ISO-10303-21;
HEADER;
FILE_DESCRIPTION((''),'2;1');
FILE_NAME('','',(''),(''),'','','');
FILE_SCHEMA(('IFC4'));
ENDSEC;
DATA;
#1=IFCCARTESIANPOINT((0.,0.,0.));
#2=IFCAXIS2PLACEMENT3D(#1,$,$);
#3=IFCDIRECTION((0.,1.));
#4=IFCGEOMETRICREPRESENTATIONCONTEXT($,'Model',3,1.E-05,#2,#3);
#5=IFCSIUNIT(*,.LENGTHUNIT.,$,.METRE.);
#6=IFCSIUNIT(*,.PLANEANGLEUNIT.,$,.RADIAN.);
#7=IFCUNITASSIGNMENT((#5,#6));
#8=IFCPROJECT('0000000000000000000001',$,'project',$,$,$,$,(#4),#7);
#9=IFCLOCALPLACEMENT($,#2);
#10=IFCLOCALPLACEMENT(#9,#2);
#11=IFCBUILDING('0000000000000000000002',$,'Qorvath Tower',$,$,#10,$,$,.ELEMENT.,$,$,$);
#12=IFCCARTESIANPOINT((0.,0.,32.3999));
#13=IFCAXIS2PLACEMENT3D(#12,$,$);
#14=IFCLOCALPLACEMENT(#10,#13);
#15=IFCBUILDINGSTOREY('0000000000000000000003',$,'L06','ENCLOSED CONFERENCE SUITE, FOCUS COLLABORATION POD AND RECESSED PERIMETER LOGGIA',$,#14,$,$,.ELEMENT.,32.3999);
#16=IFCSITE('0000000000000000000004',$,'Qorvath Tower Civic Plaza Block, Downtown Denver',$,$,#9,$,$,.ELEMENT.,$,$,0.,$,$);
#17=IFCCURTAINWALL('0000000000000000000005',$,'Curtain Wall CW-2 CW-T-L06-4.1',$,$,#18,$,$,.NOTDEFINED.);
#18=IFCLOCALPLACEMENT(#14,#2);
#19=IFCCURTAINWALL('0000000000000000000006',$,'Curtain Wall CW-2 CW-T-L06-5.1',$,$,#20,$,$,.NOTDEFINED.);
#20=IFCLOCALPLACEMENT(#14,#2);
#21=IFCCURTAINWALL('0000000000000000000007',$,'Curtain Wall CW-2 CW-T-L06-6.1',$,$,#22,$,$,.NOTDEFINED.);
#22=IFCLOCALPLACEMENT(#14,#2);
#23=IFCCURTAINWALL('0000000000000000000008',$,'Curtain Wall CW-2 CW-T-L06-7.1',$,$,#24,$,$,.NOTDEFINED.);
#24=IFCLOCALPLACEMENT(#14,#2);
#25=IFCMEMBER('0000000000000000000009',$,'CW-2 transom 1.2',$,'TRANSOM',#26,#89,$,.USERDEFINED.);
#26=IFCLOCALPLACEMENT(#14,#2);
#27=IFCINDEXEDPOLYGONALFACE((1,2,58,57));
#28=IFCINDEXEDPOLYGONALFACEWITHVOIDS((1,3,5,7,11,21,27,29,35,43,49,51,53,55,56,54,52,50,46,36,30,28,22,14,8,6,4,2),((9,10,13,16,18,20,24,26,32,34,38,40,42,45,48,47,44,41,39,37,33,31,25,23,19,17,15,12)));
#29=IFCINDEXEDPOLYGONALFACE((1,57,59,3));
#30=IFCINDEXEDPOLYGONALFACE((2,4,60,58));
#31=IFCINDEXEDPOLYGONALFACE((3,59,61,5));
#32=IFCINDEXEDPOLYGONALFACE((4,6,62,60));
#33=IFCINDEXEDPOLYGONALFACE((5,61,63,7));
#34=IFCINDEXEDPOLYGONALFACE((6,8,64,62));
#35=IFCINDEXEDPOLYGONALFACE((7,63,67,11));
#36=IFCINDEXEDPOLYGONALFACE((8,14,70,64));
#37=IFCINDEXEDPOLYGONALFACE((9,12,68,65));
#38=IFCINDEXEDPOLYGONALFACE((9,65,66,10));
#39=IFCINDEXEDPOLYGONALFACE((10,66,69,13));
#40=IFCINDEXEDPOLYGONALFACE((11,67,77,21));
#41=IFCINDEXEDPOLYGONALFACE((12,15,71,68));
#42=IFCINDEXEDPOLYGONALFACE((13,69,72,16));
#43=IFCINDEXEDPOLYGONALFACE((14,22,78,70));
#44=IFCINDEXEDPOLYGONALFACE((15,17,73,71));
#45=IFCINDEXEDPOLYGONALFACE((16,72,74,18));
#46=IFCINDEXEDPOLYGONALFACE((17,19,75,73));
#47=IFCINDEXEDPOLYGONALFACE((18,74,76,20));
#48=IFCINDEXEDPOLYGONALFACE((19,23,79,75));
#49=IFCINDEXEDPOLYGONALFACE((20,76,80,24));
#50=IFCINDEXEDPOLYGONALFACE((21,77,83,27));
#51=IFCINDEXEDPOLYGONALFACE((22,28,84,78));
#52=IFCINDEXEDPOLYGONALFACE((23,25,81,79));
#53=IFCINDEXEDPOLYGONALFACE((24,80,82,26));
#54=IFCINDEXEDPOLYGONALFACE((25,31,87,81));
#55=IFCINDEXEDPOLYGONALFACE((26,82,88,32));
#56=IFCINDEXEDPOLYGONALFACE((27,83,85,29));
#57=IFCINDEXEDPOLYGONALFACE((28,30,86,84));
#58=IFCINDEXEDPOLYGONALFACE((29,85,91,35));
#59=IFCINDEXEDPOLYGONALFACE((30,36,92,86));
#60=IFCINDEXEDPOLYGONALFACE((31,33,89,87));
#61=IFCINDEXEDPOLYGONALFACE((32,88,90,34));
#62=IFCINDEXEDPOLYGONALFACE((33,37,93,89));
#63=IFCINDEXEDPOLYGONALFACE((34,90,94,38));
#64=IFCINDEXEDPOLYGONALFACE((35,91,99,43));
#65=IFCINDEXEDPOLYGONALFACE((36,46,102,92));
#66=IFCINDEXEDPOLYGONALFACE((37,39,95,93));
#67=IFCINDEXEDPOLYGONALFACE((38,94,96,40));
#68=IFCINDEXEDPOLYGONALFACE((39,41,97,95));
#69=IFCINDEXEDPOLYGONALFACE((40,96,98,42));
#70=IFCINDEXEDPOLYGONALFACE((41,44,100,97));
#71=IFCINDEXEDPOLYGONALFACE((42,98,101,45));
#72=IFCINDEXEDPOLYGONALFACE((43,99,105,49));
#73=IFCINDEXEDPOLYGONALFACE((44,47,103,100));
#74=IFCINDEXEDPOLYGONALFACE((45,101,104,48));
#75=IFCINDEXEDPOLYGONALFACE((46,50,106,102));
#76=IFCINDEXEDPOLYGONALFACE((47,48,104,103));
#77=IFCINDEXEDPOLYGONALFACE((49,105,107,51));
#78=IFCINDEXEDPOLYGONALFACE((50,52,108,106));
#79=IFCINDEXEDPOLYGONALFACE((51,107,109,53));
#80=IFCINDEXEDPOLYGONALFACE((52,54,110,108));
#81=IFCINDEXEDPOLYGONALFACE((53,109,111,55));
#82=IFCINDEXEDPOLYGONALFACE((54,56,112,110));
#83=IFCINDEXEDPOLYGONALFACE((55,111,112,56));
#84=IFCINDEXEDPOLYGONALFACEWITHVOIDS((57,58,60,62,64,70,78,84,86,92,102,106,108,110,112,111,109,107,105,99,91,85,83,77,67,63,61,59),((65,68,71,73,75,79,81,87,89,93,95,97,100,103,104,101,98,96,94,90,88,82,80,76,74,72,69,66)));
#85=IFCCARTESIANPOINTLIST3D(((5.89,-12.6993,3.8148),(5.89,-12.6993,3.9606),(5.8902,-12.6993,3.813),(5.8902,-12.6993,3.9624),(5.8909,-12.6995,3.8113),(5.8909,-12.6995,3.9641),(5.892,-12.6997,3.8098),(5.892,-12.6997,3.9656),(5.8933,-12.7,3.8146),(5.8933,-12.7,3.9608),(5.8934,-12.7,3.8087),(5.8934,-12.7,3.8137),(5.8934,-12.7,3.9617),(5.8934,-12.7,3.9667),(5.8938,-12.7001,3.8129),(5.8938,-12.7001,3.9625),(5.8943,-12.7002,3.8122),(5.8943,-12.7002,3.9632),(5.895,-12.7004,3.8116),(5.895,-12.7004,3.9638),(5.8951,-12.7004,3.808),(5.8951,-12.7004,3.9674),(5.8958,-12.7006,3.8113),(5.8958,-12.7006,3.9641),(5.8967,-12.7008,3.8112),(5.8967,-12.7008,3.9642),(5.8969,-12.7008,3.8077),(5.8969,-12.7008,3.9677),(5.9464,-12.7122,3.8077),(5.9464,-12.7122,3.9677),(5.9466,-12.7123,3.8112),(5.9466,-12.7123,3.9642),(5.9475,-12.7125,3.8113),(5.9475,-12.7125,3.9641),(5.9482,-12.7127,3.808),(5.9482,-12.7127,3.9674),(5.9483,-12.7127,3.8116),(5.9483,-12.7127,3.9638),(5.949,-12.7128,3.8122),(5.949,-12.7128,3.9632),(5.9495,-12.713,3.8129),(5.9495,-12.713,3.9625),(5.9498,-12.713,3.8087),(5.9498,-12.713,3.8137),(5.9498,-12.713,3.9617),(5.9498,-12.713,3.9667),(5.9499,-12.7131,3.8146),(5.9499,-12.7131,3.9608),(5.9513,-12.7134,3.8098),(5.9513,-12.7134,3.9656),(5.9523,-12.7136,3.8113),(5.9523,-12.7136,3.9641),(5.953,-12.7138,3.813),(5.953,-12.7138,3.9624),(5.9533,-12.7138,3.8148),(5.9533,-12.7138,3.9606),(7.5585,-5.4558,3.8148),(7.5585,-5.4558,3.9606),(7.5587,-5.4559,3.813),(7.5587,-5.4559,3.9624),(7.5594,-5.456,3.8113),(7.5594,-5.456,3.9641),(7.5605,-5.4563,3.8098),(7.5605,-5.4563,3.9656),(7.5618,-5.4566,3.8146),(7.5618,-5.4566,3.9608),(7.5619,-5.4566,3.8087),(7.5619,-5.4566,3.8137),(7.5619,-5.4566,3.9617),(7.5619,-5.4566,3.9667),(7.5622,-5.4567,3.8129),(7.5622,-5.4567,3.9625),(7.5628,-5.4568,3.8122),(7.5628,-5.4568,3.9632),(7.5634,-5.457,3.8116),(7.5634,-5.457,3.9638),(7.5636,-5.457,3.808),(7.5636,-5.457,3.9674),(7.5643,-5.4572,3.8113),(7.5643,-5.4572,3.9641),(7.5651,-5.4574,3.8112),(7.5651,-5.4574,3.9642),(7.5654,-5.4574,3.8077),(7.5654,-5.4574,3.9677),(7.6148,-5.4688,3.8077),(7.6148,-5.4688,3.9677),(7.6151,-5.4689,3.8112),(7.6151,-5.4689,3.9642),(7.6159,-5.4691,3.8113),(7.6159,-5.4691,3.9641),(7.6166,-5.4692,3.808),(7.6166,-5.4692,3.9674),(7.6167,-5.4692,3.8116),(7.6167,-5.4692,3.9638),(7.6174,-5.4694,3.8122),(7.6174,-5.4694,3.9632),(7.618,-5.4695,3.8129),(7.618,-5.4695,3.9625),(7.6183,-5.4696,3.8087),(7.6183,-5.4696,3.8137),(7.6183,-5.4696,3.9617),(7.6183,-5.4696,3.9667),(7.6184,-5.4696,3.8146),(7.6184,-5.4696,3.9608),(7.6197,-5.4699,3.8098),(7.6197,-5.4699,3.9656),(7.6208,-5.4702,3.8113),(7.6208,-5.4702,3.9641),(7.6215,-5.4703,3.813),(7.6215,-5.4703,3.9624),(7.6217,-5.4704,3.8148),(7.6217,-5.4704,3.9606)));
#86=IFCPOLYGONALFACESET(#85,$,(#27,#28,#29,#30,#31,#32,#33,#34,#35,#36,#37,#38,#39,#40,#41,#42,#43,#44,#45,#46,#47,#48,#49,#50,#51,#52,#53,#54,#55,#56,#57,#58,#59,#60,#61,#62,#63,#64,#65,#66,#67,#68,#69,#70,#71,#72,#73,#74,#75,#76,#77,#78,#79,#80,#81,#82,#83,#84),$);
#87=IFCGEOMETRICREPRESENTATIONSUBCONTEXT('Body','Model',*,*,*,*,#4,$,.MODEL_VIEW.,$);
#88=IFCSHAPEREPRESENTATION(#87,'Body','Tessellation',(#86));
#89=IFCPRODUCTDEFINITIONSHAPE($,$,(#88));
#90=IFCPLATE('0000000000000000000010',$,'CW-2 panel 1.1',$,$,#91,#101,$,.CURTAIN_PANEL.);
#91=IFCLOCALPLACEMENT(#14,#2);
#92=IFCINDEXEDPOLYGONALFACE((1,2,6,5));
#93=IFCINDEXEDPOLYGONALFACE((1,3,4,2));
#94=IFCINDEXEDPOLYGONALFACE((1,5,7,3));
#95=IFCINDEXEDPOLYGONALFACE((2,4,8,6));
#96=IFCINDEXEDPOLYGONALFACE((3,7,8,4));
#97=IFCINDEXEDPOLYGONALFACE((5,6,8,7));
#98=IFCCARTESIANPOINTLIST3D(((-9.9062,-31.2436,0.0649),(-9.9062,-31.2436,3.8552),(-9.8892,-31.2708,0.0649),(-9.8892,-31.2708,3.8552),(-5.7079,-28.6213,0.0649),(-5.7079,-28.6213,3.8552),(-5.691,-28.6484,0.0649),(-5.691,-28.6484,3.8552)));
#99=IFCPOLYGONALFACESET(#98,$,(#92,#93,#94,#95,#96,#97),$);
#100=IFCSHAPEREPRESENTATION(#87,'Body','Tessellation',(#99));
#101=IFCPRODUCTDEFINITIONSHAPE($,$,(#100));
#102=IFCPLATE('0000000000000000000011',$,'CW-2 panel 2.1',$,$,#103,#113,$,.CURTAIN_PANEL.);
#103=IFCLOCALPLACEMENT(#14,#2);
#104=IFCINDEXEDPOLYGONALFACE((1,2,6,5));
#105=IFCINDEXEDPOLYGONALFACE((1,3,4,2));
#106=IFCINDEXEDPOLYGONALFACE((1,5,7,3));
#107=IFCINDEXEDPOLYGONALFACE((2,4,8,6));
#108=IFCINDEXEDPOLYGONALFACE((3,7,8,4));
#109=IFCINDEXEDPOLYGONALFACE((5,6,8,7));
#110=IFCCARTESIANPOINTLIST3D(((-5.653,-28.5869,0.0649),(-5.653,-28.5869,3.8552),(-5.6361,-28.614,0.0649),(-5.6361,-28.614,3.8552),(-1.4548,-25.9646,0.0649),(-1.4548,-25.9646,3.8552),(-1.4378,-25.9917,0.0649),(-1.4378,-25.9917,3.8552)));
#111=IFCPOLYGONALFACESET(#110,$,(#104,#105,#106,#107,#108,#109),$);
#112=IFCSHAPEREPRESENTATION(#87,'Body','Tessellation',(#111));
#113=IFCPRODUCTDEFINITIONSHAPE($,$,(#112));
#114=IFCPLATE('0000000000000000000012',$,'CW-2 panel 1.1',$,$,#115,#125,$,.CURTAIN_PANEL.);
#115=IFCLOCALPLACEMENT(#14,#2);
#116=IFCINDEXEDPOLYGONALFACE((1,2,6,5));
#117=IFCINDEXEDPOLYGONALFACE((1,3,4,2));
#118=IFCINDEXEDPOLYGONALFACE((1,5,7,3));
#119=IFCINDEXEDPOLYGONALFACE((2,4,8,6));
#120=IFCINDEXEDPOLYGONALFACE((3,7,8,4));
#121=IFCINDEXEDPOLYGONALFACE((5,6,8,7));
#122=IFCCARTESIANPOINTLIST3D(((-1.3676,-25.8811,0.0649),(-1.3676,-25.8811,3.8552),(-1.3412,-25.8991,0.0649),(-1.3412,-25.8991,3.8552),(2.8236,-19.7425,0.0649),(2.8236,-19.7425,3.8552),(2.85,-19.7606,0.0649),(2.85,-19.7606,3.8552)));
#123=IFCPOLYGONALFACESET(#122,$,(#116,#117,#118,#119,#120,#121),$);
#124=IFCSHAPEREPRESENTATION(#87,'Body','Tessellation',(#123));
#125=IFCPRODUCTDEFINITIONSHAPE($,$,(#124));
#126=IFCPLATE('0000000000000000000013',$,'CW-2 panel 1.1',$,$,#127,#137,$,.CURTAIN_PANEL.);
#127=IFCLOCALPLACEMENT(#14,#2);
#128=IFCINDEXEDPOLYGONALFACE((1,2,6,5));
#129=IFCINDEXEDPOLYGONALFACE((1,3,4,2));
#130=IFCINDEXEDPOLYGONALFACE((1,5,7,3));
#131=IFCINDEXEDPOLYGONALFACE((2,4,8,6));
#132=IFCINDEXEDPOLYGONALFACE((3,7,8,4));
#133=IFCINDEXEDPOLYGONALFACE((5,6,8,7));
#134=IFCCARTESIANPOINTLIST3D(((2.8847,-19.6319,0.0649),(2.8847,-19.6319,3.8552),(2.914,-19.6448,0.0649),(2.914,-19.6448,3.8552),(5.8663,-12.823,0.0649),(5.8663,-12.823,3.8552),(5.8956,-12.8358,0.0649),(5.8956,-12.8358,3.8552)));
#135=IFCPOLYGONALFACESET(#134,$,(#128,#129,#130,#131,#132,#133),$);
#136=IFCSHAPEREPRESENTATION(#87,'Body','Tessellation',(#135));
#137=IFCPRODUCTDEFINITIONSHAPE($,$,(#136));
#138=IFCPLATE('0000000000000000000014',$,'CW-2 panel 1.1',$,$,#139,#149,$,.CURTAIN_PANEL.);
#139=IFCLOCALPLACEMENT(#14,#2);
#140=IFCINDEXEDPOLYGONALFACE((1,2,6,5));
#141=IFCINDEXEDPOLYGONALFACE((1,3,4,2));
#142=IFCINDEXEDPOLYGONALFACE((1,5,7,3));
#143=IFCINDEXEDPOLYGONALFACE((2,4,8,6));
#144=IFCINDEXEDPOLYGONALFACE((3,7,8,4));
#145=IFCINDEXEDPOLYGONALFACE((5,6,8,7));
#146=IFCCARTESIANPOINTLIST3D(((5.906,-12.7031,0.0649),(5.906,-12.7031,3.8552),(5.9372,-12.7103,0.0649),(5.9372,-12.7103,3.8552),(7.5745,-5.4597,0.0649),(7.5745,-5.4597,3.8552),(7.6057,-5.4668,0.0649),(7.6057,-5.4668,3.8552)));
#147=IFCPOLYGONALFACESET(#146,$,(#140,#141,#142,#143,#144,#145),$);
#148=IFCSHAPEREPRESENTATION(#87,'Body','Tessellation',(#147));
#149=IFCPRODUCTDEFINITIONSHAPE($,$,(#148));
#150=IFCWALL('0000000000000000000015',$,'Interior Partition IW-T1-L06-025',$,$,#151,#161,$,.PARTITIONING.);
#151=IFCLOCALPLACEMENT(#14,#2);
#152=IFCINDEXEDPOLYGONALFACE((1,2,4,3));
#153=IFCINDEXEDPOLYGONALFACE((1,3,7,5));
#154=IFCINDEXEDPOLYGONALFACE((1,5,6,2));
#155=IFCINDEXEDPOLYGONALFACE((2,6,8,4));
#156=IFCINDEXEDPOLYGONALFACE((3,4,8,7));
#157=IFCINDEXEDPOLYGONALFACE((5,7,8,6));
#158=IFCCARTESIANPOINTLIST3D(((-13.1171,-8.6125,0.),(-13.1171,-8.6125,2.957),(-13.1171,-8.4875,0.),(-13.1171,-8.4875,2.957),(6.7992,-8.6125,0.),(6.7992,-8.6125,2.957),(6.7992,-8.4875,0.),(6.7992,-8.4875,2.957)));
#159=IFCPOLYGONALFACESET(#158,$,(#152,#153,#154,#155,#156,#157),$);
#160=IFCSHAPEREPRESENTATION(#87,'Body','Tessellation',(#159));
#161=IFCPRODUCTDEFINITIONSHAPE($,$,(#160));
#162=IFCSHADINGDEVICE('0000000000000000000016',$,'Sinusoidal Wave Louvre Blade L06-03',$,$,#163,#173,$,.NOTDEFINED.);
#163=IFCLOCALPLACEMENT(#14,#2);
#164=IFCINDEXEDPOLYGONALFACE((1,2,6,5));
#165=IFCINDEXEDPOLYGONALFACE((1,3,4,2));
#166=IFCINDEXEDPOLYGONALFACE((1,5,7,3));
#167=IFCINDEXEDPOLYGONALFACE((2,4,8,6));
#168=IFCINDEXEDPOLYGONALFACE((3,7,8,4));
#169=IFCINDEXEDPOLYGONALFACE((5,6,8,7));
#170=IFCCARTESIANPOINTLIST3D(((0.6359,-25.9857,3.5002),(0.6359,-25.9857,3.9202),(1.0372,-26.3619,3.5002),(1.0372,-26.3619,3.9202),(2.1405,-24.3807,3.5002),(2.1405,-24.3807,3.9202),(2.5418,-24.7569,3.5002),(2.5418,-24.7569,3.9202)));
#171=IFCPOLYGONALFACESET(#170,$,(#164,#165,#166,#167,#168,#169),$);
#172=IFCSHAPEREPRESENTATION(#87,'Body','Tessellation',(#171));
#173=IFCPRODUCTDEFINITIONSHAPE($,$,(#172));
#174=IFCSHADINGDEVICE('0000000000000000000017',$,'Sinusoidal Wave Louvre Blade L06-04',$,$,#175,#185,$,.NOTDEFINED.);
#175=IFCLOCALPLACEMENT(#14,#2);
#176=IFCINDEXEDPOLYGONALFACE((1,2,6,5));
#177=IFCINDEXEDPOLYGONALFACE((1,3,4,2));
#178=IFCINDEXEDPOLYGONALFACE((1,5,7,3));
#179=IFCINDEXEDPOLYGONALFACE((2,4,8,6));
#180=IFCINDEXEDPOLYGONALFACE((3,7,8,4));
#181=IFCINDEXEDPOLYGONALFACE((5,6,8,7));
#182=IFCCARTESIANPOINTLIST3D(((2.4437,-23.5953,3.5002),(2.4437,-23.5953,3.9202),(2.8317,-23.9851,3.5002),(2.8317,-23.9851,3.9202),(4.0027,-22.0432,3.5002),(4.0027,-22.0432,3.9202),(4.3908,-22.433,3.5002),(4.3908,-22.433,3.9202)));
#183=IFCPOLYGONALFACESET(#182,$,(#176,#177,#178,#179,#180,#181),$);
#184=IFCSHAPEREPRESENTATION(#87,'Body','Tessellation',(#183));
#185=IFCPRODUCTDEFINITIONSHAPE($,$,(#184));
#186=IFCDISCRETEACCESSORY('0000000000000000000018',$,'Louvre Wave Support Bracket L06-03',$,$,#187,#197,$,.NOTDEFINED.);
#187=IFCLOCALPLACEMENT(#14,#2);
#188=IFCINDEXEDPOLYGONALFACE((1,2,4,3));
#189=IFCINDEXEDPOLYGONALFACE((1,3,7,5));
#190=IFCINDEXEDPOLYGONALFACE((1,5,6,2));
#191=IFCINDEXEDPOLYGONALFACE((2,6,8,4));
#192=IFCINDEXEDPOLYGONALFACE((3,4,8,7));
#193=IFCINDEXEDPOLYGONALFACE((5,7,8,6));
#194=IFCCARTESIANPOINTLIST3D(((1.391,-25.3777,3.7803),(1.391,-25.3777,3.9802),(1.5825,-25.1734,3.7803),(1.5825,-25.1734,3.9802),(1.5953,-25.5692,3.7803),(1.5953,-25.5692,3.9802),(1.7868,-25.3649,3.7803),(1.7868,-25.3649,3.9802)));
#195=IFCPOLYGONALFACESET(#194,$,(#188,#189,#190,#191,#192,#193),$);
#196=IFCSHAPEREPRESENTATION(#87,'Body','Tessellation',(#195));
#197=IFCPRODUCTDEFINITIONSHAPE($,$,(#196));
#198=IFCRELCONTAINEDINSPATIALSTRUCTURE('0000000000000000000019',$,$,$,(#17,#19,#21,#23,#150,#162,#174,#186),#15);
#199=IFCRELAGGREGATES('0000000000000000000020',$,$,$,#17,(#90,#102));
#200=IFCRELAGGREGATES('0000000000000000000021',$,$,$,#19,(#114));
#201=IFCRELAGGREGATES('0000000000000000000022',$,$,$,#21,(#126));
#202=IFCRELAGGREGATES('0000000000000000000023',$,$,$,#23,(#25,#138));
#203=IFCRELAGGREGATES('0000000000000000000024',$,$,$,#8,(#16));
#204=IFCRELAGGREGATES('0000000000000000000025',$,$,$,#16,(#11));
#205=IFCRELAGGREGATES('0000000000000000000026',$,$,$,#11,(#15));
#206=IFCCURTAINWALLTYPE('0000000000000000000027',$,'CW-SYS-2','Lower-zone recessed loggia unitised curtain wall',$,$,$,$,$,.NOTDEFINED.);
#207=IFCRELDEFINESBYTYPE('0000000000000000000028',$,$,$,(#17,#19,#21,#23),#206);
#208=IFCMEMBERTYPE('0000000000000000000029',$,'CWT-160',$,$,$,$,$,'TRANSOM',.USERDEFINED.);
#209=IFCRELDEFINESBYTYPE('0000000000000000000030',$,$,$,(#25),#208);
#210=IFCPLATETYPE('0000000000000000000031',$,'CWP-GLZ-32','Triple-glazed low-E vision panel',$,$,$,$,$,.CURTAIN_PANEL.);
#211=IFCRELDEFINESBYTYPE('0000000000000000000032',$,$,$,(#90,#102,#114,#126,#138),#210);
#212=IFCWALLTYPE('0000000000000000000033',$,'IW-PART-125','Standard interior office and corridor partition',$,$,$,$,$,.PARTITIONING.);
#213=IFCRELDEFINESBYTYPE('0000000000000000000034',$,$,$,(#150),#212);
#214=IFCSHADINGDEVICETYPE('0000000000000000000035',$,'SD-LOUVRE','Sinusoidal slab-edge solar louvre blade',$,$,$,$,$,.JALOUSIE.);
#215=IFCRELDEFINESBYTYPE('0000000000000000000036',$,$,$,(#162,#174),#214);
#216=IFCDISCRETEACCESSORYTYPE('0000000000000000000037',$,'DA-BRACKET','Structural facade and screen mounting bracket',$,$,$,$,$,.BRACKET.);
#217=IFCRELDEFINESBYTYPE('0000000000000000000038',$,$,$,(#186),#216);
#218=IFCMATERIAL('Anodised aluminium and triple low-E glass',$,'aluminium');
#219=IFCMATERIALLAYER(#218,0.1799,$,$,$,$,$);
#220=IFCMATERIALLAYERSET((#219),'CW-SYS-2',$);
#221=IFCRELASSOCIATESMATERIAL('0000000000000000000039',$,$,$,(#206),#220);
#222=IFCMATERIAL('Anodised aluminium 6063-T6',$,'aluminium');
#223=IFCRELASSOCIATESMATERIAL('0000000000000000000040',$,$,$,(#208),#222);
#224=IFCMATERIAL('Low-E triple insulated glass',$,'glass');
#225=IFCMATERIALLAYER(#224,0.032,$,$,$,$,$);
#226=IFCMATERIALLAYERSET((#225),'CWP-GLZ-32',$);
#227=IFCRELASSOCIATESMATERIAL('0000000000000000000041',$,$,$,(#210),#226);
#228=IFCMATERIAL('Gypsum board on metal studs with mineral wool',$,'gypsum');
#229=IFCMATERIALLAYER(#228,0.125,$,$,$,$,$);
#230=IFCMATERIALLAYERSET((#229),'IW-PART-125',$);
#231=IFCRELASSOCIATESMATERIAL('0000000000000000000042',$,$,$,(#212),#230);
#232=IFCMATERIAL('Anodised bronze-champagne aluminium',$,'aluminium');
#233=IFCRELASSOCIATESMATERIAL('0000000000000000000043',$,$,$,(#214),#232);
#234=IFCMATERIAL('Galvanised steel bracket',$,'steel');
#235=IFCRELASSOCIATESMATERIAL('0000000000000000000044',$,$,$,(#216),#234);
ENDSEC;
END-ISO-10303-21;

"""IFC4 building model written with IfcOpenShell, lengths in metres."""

from ifc_helpers import new_model, si_unit, direction, frame, frame_2d, origin, origin_2d, place, context, subcontext, project, spatial, rectangle, hollow_rectangle, extrude, material, layer, layer_set, material_profile, profile_set, type_object, element, aggregate, save


model = new_model("IFC4")

# Units and contexts
model_context = context("Model", 3, precision=1e-05, world=origin(), true_north=direction((0.0, 1.0)))
body_context = subcontext(model_context, "Body", "Model", "MODEL_VIEW")
ifc_project = project(units=[si_unit("LENGTHUNIT", "METRE"), si_unit("PLANEANGLEUNIT", "RADIAN")], contexts=[model_context])

# Site, building, storey
site_placement = place(None, origin())
site = spatial("IfcSite", under=ifc_project, at=site_placement, Name="Qorvath Tower Civic Plaza Block, Downtown Denver", CompositionType="ELEMENT", RefElevation=0.0)
building_placement = place(site_placement, origin())
building = spatial("IfcBuilding", under=site, at=building_placement, Name="Qorvath Tower", CompositionType="ELEMENT")
storey_placement = place(building_placement, frame((0.0, 0.0, 32.3999)))
storey = spatial("IfcBuildingStorey", under=building, at=storey_placement, Name="L06", Description="ENCLOSED CONFERENCE SUITE, FOCUS COLLABORATION POD AND RECESSED PERIMETER LOGGIA", CompositionType="ELEMENT", Elevation=32.3999)

# Curtain walls
ifc_material_1 = material(Name="Anodised aluminium and triple low-E glass", Category="aluminium")
ifc_layer_1 = layer(ifc_material_1, 0.1799)
ifc_layer_set_1 = layer_set([ifc_layer_1], Name="CW-SYS-2")
curtain_wall_type = type_object("IfcCurtainWallType", Name="CW-SYS-2", Description="Lower-zone recessed loggia unitised curtain wall", PredefinedType="NOTDEFINED", material=ifc_layer_set_1)
curtain_wall_1_placement = place(storey_placement, origin())
curtain_wall_1 = element("IfcCurtainWall", 1, at=curtain_wall_1_placement, inside=storey, type_object=curtain_wall_type, Name="Curtain Wall CW-2 CW-T-L06-4.1", PredefinedType="NOTDEFINED")
curtain_wall_2_placement = place(storey_placement, origin())
curtain_wall_2 = element("IfcCurtainWall", 2, at=curtain_wall_2_placement, inside=storey, type_object=curtain_wall_type, Name="Curtain Wall CW-2 CW-T-L06-5.1", PredefinedType="NOTDEFINED")
curtain_wall_3_placement = place(storey_placement, origin())
curtain_wall_3 = element("IfcCurtainWall", 3, at=curtain_wall_3_placement, inside=storey, type_object=curtain_wall_type, Name="Curtain Wall CW-2 CW-T-L06-6.1", PredefinedType="NOTDEFINED")

# Curtain wall
curtain_wall_4_placement = place(storey_placement, origin())
curtain_wall_4 = element("IfcCurtainWall", 4, at=curtain_wall_4_placement, inside=storey, type_object=curtain_wall_type, Name="Curtain Wall CW-2 CW-T-L06-7.1", PredefinedType="NOTDEFINED")

# Member
ifc_material_2 = material(Name="Anodised aluminium 6063-T6", Category="aluminium")
ifc_material_profile_1 = material_profile(ifc_material_2, hollow_rectangle(XDim=0.0649, YDim=0.1599, WallThickness=0.0034, InnerFilletRadius=0.0034, OuterFilletRadius=0.0071, at=origin_2d()), Name="CWT 160x65")
ifc_profile_set_1 = profile_set([ifc_material_profile_1], Name="Anodised aluminium 6063-T6")
member_type_1 = type_object("IfcMemberType", Name="CWT-160", ElementType="TRANSOM", PredefinedType="USERDEFINED", material=ifc_profile_set_1)
member_1_placement = place(storey_placement, frame((5.9216, -12.7065, 3.8877), z_axis=(0.224464, 0.974482, 0.0), x_axis=(-0.974482, 0.224464, 0.0)))
member_1 = element("IfcMember", 5, at=member_1_placement, type_object=member_type_1, Name="CW-2 transom 1.2", ObjectType="TRANSOM", PredefinedType="USERDEFINED", context=body_context, shape_type="SweptSolid", body=[
    extrude(hollow_rectangle(XDim=0.0649, YDim=0.1599, WallThickness=0.0034, InnerFilletRadius=0.0034, OuterFilletRadius=0.0071, at=origin_2d()), origin(), (0.0, 0.0, 1.0), 7.4331),
])

# Plates
ifc_material_3 = material(Name="Low-E triple insulated glass", Category="glass")
ifc_layer_2 = layer(ifc_material_3, 0.032)
ifc_layer_set_2 = layer_set([ifc_layer_2], Name="CWP-GLZ-32")
plate_type = type_object("IfcPlateType", Name="CWP-GLZ-32", Description="Triple-glazed low-E vision panel", PredefinedType="CURTAIN_PANEL", material=ifc_layer_set_2)
plate_1_placement = place(storey_placement, frame((-7.7986, -29.946, 0.0649), z_axis=(0.0, 0.0, 1.0), x_axis=(0.848142, 0.529769, 0.0)))
plate_1 = element("IfcPlate", 6, at=plate_1_placement, type_object=plate_type, Name="CW-2 panel 1.1", PredefinedType="CURTAIN_PANEL", context=body_context, shape_type="SweptSolid", body=[
    extrude(rectangle(XDim=4.95, YDim=0.032, at=origin_2d()), origin(), (0.0, 0.0, 1.0), 3.7903),
])
plate_2_placement = place(storey_placement, frame((-3.5454, -27.2893, 0.0649), z_axis=(0.0, 0.0, 1.0), x_axis=(0.848142, 0.529769, 0.0)))
plate_2 = element("IfcPlate", 7, at=plate_2_placement, type_object=plate_type, Name="CW-2 panel 2.1", PredefinedType="CURTAIN_PANEL", context=body_context, shape_type="SweptSolid", body=[
    extrude(rectangle(XDim=4.95, YDim=0.032, at=origin_2d()), origin(), (0.0, 0.0, 1.0), 3.7903),
])
aggregate(curtain_wall_1, [plate_1, plate_2])
plate_3_placement = place(storey_placement, frame((0.7412, -22.8208, 0.0649), z_axis=(0.0, 0.0, 1.0), x_axis=(0.563869, 0.825864, 0.0)))
plate_3 = element("IfcPlate", 8, at=plate_3_placement, type_object=plate_type, Name="CW-2 panel 1.1", PredefinedType="CURTAIN_PANEL", context=body_context, shape_type="SweptSolid", body=[
    extrude(rectangle(XDim=7.4329, YDim=0.032, at=origin_2d()), origin(), (0.0, 0.0, 1.0), 3.7903),
])
aggregate(curtain_wall_2, [plate_3])
plate_4_placement = place(storey_placement, frame((4.3901, -16.2339, 0.0649), z_axis=(0.0, 0.0, 1.0), x_axis=(0.401118, 0.916026, 0.0)))
plate_4 = element("IfcPlate", 9, at=plate_4_placement, type_object=plate_type, Name="CW-2 panel 1.1", PredefinedType="CURTAIN_PANEL", context=body_context, shape_type="SweptSolid", body=[
    extrude(rectangle(XDim=7.4331, YDim=0.032, at=origin_2d()), origin(), (0.0, 0.0, 1.0), 3.7903),
])
aggregate(curtain_wall_3, [plate_4])
plate_5_placement = place(storey_placement, frame((6.7559, -9.085, 0.0649), z_axis=(0.0, 0.0, 1.0), x_axis=(0.224471, 0.974481, 0.0)))
plate_5 = element("IfcPlate", 10, at=plate_5_placement, type_object=plate_type, Name="CW-2 panel 1.1", PredefinedType="CURTAIN_PANEL", context=body_context, shape_type="SweptSolid", body=[
    extrude(rectangle(XDim=7.4331, YDim=0.032, at=origin_2d()), origin(), (0.0, 0.0, 1.0), 3.7903),
])
aggregate(curtain_wall_4, [member_1, plate_5])

# Wall
ifc_material_4 = material(Name="Gypsum board on metal studs with mineral wool", Category="gypsum")
ifc_layer_3 = layer(ifc_material_4, 0.125)
ifc_layer_set_3 = layer_set([ifc_layer_3], Name="IW-PART-125")
wall_type = type_object("IfcWallType", Name="IW-PART-125", Description="Standard interior office and corridor partition", PredefinedType="PARTITIONING", material=ifc_layer_set_3)
wall_placement = place(storey_placement, frame((6.7991, -8.55, 0.0), z_axis=(0.0, 0.0, 1.0), x_axis=(-1.0, 0.0, 0.0)))
element("IfcWall", 11, at=wall_placement, inside=storey, type_object=wall_type, Name="Interior Partition IW-T1-L06-025", PredefinedType="PARTITIONING", context=body_context, shape_type="SweptSolid", body=[
    extrude(rectangle(XDim=19.9163, YDim=0.125, at=frame_2d((9.958, 0.0))), origin(), (0.0, 0.0, 1.0), 2.957),
])

# Shading devices
ifc_material_5 = material(Name="Anodised bronze-champagne aluminium", Category="aluminium")
shading_device_type = type_object("IfcShadingDeviceType", Name="SD-LOUVRE", Description="Sinusoidal slab-edge solar louvre blade", PredefinedType="JALOUSIE", material=ifc_material_5)
for number, where, z_axis, x_axis, name in (
    (12, (1.5889, -25.3713, 3.5002), (0.0, 0.0, 1.0), (0.683922, 0.729555, 0.0), "Sinusoidal Wave Louvre Blade L06-03"),
    (13, (3.4172, -23.0142, 3.5002), (0.0, 0.0, 1.0), (0.708693, 0.705517, 0.0), "Sinusoidal Wave Louvre Blade L06-04"),
):
    element("IfcShadingDevice", number, at=place(storey_placement, frame(where, z_axis=z_axis, x_axis=x_axis)), inside=storey, type_object=shading_device_type, Name=name, PredefinedType="NOTDEFINED", context=body_context, shape_type="SweptSolid", body=[
        extrude(rectangle(XDim=2.2, YDim=0.55, at=origin_2d()), origin(), (0.0, 0.0, 1.0), 0.4199),
    ])

# Discrete accessory
ifc_material_6 = material(Name="Galvanised steel bracket", Category="steel")
discrete_accessory_type = type_object("IfcDiscreteAccessoryType", Name="DA-BRACKET", Description="Structural facade and screen mounting bracket", PredefinedType="BRACKET", material=ifc_material_6)
for number, where, z_axis, x_axis, name in (
    (14, (1.5889, -25.3713, 3.7803), (0.0, 0.0, 1.0), (0.683922, 0.729555, 0.0), "Louvre Wave Support Bracket L06-03"),
):
    element("IfcDiscreteAccessory", number, at=place(storey_placement, frame(where, z_axis=z_axis, x_axis=x_axis)), inside=storey, type_object=discrete_accessory_type, Name=name, PredefinedType="NOTDEFINED", context=body_context, shape_type="SweptSolid", body=[
        extrude(rectangle(XDim=0.28, YDim=0.28, at=origin_2d()), origin(), (0.0, 0.0, 1.0), 0.2),
    ])

save(model, "model.ifc")
